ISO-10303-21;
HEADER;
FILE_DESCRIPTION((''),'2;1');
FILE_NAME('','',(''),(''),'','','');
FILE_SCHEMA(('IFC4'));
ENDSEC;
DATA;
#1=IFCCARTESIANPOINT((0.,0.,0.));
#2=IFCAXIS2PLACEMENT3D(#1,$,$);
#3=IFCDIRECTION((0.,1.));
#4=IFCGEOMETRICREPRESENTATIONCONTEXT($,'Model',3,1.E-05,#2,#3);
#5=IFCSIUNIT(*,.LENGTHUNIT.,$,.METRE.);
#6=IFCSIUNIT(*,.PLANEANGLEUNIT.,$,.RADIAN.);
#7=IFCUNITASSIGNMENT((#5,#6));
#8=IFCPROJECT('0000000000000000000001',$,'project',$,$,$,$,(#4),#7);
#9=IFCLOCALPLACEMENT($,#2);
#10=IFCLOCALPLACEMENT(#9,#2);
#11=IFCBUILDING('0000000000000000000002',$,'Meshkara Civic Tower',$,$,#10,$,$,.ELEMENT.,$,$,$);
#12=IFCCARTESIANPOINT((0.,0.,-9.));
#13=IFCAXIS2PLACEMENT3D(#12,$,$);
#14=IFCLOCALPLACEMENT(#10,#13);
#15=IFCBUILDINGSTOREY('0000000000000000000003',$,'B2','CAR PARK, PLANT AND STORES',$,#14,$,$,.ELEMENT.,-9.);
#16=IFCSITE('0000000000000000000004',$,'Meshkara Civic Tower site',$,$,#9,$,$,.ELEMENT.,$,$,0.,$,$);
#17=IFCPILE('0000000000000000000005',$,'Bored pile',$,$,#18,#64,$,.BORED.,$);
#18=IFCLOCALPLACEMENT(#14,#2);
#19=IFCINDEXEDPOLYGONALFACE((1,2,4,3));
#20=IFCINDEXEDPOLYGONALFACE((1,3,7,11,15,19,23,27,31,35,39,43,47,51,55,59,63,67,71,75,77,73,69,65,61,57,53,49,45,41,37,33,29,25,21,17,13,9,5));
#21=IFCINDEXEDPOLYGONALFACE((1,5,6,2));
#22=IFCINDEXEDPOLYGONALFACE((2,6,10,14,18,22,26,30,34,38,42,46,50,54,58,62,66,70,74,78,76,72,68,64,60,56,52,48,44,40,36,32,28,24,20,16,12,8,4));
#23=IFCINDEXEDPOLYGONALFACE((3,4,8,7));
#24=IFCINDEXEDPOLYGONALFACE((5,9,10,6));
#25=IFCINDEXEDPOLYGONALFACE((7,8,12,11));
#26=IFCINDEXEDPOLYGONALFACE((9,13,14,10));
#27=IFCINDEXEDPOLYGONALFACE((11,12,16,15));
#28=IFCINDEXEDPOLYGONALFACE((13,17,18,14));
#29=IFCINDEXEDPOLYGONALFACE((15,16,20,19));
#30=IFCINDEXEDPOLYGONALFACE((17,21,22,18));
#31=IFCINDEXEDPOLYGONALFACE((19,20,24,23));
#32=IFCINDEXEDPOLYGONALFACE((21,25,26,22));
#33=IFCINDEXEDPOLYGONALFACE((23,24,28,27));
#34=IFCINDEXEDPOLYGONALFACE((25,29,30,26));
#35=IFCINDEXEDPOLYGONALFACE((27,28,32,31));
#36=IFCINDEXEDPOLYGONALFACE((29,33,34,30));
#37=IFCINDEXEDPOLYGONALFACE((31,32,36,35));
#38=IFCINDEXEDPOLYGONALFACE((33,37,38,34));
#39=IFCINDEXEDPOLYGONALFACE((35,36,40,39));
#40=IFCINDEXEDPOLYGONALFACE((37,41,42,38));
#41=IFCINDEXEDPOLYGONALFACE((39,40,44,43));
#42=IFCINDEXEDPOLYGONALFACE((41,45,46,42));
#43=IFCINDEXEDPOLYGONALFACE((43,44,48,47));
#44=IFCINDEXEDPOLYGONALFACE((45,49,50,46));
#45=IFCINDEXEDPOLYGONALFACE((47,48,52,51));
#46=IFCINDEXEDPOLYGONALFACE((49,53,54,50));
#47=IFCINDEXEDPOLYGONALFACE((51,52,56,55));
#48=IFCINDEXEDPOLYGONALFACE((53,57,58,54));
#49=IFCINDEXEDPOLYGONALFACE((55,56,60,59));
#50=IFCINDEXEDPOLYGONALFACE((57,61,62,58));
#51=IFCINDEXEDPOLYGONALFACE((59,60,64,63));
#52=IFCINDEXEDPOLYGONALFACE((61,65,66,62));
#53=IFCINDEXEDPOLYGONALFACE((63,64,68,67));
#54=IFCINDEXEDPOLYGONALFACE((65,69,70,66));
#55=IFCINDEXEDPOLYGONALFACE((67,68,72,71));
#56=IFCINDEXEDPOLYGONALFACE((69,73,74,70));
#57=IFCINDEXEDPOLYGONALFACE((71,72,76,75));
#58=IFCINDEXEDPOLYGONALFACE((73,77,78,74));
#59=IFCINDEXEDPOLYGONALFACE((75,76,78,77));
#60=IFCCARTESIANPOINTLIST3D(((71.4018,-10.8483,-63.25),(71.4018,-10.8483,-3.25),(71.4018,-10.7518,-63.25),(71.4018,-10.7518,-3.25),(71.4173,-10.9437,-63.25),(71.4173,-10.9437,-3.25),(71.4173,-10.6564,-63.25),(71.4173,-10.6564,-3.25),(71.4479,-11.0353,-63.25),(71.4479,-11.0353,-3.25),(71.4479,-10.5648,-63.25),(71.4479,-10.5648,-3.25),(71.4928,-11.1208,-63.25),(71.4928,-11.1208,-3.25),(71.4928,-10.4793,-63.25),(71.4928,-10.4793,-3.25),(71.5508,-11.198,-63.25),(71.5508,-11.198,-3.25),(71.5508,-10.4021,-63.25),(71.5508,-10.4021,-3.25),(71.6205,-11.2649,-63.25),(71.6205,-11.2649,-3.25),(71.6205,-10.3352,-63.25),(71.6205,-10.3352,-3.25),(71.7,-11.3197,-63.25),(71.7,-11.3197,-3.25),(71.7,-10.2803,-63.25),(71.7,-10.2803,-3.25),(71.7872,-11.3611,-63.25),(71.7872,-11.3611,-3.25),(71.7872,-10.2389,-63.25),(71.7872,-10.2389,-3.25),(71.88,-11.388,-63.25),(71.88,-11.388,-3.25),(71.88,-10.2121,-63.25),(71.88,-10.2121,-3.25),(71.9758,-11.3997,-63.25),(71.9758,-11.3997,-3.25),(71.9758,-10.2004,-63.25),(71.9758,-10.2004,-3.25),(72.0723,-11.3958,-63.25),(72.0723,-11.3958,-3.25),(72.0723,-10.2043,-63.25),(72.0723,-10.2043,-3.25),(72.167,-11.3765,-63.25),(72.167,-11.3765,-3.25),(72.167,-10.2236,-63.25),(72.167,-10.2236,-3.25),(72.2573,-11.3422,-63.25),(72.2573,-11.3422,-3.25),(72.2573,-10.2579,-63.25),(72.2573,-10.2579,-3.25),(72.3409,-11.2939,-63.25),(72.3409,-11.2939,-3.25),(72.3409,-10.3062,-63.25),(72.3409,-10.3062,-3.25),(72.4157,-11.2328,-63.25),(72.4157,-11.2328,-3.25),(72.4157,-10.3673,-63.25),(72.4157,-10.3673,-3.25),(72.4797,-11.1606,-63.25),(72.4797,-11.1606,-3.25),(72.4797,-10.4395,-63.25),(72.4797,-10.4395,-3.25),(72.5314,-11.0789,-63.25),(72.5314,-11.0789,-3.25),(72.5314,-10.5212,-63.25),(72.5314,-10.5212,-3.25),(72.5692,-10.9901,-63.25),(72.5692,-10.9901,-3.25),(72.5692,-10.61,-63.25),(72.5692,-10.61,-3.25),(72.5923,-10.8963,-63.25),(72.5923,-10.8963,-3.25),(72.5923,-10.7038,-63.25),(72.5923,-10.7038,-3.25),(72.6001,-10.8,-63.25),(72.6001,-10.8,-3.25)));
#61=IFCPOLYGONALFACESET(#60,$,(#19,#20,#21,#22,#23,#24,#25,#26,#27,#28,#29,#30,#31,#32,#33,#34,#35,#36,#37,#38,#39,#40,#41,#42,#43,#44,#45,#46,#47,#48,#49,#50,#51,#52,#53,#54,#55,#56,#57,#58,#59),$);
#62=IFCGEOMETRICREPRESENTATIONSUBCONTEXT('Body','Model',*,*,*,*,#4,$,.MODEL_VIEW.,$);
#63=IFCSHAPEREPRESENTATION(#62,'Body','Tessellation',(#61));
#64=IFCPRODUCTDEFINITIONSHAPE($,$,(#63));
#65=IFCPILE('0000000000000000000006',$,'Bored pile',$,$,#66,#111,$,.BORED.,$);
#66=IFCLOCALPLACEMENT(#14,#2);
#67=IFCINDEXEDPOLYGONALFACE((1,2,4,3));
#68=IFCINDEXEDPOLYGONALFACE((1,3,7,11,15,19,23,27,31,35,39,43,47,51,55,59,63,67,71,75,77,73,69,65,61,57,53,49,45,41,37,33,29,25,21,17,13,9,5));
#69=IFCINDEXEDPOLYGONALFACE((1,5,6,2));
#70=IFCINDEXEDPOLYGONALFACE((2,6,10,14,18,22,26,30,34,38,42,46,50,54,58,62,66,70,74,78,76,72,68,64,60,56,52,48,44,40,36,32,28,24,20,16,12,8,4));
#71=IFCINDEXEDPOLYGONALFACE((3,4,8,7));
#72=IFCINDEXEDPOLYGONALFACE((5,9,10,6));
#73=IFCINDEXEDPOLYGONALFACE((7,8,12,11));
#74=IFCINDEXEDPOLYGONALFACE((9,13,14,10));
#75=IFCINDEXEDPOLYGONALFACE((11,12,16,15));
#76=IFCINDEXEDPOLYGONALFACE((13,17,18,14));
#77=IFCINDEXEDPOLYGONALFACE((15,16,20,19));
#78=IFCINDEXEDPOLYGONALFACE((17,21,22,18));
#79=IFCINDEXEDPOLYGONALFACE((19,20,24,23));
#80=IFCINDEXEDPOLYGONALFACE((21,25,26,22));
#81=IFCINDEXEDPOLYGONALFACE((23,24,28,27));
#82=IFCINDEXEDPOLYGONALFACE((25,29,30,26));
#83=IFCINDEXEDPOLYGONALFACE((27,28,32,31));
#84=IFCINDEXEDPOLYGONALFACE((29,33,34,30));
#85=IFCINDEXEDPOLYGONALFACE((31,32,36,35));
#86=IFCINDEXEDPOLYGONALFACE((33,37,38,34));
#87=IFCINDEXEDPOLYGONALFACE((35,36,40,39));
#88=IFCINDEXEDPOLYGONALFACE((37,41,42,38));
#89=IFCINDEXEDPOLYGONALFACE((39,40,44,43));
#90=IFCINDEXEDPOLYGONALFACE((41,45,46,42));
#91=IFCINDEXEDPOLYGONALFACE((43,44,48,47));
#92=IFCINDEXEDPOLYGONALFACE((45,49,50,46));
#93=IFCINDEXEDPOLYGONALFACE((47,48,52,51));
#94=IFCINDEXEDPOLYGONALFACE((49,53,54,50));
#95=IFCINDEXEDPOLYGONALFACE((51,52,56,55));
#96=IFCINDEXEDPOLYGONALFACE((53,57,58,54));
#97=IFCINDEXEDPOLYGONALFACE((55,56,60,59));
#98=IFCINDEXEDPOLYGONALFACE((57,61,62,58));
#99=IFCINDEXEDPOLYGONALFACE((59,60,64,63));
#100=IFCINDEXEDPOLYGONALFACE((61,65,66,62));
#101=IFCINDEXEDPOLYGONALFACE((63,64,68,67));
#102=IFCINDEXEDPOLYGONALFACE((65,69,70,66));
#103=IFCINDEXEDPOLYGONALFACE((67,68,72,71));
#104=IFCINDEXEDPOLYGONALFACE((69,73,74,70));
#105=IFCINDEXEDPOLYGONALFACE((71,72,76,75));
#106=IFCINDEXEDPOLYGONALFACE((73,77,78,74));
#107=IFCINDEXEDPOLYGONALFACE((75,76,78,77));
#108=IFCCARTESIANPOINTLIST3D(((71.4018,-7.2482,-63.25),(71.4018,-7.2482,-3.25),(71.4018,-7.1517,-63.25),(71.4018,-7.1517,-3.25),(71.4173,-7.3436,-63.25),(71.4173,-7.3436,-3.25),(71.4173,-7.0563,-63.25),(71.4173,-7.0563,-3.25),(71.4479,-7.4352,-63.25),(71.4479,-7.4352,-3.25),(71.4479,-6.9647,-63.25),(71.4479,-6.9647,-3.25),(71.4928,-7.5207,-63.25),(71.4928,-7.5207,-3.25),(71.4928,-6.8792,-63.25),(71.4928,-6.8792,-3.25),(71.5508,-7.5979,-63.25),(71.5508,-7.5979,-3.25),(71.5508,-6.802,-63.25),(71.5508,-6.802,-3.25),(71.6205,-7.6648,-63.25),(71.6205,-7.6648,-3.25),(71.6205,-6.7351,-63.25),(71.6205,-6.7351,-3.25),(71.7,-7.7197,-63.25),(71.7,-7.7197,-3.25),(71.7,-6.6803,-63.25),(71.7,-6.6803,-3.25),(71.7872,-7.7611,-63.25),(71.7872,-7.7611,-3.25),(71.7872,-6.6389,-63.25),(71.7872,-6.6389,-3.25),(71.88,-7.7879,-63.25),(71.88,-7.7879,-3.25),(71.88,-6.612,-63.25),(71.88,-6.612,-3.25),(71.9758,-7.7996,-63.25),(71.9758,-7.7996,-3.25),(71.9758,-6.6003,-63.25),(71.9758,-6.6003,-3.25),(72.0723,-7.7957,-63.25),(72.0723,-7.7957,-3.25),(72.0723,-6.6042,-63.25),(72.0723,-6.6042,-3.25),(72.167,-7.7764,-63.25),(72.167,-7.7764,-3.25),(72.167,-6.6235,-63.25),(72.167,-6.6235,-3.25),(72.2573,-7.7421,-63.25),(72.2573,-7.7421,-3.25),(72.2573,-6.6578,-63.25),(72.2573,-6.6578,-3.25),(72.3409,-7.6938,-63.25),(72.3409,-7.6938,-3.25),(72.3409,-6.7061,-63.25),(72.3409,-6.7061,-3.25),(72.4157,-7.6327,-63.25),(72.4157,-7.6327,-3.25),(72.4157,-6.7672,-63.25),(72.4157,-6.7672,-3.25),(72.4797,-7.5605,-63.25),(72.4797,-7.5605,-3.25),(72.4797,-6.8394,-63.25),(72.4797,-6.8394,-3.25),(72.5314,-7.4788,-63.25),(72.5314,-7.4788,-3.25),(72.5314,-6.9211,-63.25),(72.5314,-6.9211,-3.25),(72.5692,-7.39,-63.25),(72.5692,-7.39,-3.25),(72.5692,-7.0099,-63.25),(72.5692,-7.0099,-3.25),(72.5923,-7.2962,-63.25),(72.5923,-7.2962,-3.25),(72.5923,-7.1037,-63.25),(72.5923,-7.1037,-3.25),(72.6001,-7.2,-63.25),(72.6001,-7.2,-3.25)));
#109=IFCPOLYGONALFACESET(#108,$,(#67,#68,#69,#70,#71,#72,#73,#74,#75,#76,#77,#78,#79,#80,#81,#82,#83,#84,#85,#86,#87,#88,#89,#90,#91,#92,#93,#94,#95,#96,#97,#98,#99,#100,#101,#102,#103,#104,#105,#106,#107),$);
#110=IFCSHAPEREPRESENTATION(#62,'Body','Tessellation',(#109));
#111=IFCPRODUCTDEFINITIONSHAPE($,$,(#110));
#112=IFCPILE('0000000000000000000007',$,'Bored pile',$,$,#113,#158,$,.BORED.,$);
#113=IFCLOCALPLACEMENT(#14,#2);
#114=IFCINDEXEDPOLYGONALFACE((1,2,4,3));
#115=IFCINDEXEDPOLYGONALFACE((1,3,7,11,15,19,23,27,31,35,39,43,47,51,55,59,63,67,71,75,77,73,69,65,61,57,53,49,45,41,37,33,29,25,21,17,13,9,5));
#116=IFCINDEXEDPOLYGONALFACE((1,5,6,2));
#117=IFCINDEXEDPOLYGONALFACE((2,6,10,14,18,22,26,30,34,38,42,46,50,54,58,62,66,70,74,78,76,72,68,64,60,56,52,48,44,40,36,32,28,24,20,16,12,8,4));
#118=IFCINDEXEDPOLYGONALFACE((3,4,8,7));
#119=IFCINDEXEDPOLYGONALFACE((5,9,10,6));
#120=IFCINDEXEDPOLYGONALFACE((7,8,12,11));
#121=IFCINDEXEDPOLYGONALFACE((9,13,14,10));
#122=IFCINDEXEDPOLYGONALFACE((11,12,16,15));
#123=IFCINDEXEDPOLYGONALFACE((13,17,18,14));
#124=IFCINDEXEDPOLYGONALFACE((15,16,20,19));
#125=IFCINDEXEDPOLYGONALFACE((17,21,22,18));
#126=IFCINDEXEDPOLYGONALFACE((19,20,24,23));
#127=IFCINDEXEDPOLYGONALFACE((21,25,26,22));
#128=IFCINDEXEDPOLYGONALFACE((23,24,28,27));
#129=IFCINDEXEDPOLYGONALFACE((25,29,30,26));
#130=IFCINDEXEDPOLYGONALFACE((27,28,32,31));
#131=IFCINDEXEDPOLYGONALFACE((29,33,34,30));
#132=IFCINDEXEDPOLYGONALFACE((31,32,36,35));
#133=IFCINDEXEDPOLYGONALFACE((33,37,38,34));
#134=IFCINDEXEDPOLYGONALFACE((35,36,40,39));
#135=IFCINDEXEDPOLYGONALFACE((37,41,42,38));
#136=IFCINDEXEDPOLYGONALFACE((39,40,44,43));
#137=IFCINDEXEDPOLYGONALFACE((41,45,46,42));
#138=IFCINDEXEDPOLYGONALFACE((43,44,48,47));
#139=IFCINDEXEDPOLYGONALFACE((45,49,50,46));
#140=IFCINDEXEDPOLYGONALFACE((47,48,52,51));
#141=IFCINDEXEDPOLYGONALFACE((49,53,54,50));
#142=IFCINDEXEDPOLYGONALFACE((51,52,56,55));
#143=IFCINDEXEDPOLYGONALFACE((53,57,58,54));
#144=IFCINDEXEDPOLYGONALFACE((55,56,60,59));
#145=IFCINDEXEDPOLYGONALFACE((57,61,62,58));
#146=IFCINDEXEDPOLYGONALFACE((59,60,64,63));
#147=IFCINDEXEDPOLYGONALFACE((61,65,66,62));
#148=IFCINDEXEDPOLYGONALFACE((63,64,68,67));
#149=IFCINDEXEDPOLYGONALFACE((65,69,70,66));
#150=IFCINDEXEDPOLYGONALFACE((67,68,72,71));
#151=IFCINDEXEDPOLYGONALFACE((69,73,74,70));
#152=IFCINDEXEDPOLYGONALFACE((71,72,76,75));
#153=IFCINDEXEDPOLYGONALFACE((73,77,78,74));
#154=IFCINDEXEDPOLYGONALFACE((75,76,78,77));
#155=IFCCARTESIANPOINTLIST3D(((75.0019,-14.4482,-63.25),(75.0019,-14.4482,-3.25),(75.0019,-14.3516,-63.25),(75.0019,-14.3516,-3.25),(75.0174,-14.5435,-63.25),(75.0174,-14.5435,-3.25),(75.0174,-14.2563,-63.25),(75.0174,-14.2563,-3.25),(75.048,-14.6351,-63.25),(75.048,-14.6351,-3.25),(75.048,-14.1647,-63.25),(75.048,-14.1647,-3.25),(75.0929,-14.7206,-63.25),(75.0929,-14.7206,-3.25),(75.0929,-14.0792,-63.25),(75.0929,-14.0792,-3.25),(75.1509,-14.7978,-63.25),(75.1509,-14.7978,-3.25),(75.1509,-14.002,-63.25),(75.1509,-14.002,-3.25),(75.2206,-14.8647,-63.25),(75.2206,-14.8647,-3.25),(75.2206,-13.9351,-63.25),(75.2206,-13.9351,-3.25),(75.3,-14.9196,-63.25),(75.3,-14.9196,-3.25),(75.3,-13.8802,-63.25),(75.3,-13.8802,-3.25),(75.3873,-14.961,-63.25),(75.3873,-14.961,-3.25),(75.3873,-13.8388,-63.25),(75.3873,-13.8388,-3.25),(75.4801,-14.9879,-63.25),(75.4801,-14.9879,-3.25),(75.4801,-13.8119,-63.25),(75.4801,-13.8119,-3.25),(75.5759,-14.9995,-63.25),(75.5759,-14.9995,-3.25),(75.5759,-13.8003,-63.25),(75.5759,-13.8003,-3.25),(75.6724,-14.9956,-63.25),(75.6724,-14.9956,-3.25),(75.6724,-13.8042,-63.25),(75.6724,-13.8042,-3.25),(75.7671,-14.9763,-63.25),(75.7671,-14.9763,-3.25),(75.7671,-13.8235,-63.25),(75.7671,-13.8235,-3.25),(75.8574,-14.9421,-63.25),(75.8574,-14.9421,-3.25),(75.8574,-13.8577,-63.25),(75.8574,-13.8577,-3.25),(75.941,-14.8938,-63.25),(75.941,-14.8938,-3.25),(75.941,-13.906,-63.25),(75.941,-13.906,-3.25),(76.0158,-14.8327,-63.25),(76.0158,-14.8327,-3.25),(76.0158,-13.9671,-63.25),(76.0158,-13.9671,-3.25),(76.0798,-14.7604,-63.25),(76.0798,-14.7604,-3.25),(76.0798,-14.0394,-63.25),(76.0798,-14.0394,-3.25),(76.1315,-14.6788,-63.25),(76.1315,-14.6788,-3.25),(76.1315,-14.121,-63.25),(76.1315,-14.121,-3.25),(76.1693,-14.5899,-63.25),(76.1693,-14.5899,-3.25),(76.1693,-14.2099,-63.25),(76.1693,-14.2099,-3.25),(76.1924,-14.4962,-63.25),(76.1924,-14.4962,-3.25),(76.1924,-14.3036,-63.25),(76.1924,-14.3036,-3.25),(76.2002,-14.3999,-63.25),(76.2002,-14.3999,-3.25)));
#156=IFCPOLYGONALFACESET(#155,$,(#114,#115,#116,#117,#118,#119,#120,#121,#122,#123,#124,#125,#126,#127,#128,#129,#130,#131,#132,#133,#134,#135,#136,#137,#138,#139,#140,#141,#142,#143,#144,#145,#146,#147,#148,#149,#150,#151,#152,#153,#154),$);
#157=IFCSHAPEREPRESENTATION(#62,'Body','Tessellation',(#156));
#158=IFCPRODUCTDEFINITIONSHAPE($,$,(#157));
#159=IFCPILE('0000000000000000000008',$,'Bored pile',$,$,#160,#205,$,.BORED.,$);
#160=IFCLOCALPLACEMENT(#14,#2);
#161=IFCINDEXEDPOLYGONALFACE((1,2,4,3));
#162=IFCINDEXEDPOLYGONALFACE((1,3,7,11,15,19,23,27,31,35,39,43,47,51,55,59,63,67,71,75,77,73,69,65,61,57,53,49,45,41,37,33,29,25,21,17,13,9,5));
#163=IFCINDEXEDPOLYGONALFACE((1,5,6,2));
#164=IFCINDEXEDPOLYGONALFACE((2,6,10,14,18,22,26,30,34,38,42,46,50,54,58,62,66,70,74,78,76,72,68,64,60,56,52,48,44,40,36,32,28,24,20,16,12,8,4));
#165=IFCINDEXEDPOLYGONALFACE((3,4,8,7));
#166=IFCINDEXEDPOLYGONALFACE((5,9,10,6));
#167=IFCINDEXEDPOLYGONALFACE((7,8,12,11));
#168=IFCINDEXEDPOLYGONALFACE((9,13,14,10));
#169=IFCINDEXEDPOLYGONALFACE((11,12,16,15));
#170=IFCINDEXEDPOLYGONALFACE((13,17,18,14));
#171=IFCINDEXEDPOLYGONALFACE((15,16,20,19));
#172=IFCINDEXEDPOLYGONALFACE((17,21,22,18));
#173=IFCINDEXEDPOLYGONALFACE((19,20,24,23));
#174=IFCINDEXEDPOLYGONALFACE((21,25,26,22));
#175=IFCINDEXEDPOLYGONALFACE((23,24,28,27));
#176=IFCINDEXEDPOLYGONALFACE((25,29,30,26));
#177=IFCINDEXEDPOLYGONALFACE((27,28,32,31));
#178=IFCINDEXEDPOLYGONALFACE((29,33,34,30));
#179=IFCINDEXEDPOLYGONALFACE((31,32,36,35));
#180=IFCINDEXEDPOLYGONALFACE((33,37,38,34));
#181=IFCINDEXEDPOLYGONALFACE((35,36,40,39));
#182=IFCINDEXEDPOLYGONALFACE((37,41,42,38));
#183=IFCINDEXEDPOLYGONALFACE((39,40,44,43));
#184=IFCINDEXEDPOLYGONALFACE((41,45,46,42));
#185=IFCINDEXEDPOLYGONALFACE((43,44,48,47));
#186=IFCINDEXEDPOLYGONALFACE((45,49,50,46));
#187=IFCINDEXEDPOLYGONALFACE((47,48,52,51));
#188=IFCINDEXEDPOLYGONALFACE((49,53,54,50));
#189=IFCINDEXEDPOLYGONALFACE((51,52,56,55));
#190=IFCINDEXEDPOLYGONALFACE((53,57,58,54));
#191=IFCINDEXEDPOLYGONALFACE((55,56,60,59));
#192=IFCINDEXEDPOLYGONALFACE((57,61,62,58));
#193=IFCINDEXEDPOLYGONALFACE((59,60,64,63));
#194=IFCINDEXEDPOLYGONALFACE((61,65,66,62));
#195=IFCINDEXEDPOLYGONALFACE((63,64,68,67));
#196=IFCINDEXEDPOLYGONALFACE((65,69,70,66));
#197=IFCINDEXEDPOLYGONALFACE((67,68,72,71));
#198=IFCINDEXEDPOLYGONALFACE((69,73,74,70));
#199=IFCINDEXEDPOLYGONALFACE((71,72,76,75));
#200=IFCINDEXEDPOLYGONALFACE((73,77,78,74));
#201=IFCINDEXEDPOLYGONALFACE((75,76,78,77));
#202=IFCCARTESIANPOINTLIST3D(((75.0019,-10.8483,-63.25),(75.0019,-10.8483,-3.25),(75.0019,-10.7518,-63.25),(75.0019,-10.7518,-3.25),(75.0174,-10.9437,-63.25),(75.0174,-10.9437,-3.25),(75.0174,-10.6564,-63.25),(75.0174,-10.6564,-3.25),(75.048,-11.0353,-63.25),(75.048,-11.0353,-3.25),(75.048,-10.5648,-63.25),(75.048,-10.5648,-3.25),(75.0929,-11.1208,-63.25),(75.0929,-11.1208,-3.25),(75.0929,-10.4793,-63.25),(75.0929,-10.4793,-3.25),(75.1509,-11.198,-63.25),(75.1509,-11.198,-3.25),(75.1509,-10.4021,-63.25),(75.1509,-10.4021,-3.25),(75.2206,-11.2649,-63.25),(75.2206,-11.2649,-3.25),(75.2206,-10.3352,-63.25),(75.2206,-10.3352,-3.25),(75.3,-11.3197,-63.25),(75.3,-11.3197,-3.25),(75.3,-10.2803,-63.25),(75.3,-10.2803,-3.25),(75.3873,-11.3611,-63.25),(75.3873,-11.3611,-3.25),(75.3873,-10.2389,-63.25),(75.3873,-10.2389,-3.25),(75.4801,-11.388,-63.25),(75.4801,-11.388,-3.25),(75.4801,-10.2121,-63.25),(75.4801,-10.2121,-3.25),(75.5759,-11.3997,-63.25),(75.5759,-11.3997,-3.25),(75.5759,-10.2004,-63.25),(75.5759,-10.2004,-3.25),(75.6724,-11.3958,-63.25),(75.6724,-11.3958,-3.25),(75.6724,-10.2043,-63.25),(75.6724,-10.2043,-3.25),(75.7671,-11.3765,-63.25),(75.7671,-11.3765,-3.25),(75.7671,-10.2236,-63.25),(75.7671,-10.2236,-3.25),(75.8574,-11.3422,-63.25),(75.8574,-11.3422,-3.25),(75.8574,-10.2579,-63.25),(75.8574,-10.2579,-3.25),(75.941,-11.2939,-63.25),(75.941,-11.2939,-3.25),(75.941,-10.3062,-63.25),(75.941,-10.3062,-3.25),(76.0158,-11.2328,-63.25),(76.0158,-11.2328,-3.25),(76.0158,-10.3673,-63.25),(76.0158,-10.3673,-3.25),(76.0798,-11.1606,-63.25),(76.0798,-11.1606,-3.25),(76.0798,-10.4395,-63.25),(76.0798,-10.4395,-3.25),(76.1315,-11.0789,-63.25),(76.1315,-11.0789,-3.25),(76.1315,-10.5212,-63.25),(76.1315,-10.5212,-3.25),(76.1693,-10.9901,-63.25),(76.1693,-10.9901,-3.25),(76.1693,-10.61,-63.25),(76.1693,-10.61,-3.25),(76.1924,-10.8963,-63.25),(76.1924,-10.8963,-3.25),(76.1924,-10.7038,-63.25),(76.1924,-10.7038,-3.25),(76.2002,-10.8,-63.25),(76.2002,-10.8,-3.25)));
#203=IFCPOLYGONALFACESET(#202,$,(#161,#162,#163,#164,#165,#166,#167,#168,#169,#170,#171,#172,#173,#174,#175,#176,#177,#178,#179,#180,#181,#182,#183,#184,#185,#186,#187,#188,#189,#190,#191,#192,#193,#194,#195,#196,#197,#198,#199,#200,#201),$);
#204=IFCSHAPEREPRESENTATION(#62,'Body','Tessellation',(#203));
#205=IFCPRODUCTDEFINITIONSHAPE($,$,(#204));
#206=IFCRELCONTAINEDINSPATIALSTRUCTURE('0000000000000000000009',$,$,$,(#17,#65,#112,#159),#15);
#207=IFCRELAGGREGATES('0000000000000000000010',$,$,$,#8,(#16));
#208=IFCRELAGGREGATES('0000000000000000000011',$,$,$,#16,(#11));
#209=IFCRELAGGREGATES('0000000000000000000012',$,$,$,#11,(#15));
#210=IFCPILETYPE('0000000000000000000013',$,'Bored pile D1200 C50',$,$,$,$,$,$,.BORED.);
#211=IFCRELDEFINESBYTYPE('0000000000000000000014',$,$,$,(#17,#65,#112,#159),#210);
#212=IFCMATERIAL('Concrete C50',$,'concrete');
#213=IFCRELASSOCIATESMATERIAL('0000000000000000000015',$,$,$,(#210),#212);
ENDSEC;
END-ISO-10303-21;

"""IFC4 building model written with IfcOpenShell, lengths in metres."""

from ifc_helpers import new_model, si_unit, direction, frame, origin, origin_2d, place, context, subcontext, project, spatial, circle, extrude, material, material_profile, profile_set, type_object, element, save


model = new_model("IFC4")

# Units and contexts
model_context = context("Model", 3, precision=1e-05, world=origin(), true_north=direction((0.0, 1.0)))
body_context = subcontext(model_context, "Body", "Model", "MODEL_VIEW")
ifc_project = project(units=[si_unit("LENGTHUNIT", "METRE"), si_unit("PLANEANGLEUNIT", "RADIAN")], contexts=[model_context])

# Site, building, storey
site_placement = place(None, origin())
site = spatial("IfcSite", under=ifc_project, at=site_placement, Name="Meshkara Civic Tower site", CompositionType="ELEMENT", RefElevation=0.0)
building_placement = place(site_placement, origin())
building = spatial("IfcBuilding", under=site, at=building_placement, Name="Meshkara Civic Tower", CompositionType="ELEMENT")
storey_placement = place(building_placement, frame((0.0, 0.0, -9.0)))
storey = spatial("IfcBuildingStorey", under=building, at=storey_placement, Name="B2", Description="CAR PARK, PLANT AND STORES", CompositionType="ELEMENT", Elevation=-9.0)

# Piles
ifc_material_1 = material(Name="Concrete C50", Category="concrete")
ifc_material_profile_1 = material_profile(ifc_material_1, circle(Radius=0.6001, at=origin_2d()))
ifc_profile_set_1 = profile_set([ifc_material_profile_1], Name="Concrete C50")
pile_type = type_object("IfcPileType", Name="Bored pile D1200 C50", PredefinedType="BORED", material=ifc_profile_set_1)
for number, where, z_axis, x_axis, name in (
    (1, (72.0, -10.8, -3.25), (0.0, 0.0, -1.0), (1.0, 0.0, 0.0), "Bored pile"),
    (2, (72.0, -7.2, -3.25), (0.0, 0.0, -1.0), (1.0, 0.0, 0.0), "Bored pile"),
    (3, (75.6001, -14.3999, -3.25), (0.0, 0.0, -1.0), (1.0, 0.0, 0.0), "Bored pile"),
    (4, (75.6001, -10.8, -3.25), (0.0, 0.0, -1.0), (1.0, 0.0, 0.0), "Bored pile"),
):
    element("IfcPile", number, at=place(storey_placement, frame(where, z_axis=z_axis, x_axis=x_axis)), inside=storey, type_object=pile_type, Name=name, PredefinedType="BORED", context=body_context, shape_type="SweptSolid", body=[
        extrude(circle(Radius=0.6001, at=origin_2d()), origin(), (0.0, 0.0, 1.0), 60.0),
    ])

save(model, "model.ifc")
